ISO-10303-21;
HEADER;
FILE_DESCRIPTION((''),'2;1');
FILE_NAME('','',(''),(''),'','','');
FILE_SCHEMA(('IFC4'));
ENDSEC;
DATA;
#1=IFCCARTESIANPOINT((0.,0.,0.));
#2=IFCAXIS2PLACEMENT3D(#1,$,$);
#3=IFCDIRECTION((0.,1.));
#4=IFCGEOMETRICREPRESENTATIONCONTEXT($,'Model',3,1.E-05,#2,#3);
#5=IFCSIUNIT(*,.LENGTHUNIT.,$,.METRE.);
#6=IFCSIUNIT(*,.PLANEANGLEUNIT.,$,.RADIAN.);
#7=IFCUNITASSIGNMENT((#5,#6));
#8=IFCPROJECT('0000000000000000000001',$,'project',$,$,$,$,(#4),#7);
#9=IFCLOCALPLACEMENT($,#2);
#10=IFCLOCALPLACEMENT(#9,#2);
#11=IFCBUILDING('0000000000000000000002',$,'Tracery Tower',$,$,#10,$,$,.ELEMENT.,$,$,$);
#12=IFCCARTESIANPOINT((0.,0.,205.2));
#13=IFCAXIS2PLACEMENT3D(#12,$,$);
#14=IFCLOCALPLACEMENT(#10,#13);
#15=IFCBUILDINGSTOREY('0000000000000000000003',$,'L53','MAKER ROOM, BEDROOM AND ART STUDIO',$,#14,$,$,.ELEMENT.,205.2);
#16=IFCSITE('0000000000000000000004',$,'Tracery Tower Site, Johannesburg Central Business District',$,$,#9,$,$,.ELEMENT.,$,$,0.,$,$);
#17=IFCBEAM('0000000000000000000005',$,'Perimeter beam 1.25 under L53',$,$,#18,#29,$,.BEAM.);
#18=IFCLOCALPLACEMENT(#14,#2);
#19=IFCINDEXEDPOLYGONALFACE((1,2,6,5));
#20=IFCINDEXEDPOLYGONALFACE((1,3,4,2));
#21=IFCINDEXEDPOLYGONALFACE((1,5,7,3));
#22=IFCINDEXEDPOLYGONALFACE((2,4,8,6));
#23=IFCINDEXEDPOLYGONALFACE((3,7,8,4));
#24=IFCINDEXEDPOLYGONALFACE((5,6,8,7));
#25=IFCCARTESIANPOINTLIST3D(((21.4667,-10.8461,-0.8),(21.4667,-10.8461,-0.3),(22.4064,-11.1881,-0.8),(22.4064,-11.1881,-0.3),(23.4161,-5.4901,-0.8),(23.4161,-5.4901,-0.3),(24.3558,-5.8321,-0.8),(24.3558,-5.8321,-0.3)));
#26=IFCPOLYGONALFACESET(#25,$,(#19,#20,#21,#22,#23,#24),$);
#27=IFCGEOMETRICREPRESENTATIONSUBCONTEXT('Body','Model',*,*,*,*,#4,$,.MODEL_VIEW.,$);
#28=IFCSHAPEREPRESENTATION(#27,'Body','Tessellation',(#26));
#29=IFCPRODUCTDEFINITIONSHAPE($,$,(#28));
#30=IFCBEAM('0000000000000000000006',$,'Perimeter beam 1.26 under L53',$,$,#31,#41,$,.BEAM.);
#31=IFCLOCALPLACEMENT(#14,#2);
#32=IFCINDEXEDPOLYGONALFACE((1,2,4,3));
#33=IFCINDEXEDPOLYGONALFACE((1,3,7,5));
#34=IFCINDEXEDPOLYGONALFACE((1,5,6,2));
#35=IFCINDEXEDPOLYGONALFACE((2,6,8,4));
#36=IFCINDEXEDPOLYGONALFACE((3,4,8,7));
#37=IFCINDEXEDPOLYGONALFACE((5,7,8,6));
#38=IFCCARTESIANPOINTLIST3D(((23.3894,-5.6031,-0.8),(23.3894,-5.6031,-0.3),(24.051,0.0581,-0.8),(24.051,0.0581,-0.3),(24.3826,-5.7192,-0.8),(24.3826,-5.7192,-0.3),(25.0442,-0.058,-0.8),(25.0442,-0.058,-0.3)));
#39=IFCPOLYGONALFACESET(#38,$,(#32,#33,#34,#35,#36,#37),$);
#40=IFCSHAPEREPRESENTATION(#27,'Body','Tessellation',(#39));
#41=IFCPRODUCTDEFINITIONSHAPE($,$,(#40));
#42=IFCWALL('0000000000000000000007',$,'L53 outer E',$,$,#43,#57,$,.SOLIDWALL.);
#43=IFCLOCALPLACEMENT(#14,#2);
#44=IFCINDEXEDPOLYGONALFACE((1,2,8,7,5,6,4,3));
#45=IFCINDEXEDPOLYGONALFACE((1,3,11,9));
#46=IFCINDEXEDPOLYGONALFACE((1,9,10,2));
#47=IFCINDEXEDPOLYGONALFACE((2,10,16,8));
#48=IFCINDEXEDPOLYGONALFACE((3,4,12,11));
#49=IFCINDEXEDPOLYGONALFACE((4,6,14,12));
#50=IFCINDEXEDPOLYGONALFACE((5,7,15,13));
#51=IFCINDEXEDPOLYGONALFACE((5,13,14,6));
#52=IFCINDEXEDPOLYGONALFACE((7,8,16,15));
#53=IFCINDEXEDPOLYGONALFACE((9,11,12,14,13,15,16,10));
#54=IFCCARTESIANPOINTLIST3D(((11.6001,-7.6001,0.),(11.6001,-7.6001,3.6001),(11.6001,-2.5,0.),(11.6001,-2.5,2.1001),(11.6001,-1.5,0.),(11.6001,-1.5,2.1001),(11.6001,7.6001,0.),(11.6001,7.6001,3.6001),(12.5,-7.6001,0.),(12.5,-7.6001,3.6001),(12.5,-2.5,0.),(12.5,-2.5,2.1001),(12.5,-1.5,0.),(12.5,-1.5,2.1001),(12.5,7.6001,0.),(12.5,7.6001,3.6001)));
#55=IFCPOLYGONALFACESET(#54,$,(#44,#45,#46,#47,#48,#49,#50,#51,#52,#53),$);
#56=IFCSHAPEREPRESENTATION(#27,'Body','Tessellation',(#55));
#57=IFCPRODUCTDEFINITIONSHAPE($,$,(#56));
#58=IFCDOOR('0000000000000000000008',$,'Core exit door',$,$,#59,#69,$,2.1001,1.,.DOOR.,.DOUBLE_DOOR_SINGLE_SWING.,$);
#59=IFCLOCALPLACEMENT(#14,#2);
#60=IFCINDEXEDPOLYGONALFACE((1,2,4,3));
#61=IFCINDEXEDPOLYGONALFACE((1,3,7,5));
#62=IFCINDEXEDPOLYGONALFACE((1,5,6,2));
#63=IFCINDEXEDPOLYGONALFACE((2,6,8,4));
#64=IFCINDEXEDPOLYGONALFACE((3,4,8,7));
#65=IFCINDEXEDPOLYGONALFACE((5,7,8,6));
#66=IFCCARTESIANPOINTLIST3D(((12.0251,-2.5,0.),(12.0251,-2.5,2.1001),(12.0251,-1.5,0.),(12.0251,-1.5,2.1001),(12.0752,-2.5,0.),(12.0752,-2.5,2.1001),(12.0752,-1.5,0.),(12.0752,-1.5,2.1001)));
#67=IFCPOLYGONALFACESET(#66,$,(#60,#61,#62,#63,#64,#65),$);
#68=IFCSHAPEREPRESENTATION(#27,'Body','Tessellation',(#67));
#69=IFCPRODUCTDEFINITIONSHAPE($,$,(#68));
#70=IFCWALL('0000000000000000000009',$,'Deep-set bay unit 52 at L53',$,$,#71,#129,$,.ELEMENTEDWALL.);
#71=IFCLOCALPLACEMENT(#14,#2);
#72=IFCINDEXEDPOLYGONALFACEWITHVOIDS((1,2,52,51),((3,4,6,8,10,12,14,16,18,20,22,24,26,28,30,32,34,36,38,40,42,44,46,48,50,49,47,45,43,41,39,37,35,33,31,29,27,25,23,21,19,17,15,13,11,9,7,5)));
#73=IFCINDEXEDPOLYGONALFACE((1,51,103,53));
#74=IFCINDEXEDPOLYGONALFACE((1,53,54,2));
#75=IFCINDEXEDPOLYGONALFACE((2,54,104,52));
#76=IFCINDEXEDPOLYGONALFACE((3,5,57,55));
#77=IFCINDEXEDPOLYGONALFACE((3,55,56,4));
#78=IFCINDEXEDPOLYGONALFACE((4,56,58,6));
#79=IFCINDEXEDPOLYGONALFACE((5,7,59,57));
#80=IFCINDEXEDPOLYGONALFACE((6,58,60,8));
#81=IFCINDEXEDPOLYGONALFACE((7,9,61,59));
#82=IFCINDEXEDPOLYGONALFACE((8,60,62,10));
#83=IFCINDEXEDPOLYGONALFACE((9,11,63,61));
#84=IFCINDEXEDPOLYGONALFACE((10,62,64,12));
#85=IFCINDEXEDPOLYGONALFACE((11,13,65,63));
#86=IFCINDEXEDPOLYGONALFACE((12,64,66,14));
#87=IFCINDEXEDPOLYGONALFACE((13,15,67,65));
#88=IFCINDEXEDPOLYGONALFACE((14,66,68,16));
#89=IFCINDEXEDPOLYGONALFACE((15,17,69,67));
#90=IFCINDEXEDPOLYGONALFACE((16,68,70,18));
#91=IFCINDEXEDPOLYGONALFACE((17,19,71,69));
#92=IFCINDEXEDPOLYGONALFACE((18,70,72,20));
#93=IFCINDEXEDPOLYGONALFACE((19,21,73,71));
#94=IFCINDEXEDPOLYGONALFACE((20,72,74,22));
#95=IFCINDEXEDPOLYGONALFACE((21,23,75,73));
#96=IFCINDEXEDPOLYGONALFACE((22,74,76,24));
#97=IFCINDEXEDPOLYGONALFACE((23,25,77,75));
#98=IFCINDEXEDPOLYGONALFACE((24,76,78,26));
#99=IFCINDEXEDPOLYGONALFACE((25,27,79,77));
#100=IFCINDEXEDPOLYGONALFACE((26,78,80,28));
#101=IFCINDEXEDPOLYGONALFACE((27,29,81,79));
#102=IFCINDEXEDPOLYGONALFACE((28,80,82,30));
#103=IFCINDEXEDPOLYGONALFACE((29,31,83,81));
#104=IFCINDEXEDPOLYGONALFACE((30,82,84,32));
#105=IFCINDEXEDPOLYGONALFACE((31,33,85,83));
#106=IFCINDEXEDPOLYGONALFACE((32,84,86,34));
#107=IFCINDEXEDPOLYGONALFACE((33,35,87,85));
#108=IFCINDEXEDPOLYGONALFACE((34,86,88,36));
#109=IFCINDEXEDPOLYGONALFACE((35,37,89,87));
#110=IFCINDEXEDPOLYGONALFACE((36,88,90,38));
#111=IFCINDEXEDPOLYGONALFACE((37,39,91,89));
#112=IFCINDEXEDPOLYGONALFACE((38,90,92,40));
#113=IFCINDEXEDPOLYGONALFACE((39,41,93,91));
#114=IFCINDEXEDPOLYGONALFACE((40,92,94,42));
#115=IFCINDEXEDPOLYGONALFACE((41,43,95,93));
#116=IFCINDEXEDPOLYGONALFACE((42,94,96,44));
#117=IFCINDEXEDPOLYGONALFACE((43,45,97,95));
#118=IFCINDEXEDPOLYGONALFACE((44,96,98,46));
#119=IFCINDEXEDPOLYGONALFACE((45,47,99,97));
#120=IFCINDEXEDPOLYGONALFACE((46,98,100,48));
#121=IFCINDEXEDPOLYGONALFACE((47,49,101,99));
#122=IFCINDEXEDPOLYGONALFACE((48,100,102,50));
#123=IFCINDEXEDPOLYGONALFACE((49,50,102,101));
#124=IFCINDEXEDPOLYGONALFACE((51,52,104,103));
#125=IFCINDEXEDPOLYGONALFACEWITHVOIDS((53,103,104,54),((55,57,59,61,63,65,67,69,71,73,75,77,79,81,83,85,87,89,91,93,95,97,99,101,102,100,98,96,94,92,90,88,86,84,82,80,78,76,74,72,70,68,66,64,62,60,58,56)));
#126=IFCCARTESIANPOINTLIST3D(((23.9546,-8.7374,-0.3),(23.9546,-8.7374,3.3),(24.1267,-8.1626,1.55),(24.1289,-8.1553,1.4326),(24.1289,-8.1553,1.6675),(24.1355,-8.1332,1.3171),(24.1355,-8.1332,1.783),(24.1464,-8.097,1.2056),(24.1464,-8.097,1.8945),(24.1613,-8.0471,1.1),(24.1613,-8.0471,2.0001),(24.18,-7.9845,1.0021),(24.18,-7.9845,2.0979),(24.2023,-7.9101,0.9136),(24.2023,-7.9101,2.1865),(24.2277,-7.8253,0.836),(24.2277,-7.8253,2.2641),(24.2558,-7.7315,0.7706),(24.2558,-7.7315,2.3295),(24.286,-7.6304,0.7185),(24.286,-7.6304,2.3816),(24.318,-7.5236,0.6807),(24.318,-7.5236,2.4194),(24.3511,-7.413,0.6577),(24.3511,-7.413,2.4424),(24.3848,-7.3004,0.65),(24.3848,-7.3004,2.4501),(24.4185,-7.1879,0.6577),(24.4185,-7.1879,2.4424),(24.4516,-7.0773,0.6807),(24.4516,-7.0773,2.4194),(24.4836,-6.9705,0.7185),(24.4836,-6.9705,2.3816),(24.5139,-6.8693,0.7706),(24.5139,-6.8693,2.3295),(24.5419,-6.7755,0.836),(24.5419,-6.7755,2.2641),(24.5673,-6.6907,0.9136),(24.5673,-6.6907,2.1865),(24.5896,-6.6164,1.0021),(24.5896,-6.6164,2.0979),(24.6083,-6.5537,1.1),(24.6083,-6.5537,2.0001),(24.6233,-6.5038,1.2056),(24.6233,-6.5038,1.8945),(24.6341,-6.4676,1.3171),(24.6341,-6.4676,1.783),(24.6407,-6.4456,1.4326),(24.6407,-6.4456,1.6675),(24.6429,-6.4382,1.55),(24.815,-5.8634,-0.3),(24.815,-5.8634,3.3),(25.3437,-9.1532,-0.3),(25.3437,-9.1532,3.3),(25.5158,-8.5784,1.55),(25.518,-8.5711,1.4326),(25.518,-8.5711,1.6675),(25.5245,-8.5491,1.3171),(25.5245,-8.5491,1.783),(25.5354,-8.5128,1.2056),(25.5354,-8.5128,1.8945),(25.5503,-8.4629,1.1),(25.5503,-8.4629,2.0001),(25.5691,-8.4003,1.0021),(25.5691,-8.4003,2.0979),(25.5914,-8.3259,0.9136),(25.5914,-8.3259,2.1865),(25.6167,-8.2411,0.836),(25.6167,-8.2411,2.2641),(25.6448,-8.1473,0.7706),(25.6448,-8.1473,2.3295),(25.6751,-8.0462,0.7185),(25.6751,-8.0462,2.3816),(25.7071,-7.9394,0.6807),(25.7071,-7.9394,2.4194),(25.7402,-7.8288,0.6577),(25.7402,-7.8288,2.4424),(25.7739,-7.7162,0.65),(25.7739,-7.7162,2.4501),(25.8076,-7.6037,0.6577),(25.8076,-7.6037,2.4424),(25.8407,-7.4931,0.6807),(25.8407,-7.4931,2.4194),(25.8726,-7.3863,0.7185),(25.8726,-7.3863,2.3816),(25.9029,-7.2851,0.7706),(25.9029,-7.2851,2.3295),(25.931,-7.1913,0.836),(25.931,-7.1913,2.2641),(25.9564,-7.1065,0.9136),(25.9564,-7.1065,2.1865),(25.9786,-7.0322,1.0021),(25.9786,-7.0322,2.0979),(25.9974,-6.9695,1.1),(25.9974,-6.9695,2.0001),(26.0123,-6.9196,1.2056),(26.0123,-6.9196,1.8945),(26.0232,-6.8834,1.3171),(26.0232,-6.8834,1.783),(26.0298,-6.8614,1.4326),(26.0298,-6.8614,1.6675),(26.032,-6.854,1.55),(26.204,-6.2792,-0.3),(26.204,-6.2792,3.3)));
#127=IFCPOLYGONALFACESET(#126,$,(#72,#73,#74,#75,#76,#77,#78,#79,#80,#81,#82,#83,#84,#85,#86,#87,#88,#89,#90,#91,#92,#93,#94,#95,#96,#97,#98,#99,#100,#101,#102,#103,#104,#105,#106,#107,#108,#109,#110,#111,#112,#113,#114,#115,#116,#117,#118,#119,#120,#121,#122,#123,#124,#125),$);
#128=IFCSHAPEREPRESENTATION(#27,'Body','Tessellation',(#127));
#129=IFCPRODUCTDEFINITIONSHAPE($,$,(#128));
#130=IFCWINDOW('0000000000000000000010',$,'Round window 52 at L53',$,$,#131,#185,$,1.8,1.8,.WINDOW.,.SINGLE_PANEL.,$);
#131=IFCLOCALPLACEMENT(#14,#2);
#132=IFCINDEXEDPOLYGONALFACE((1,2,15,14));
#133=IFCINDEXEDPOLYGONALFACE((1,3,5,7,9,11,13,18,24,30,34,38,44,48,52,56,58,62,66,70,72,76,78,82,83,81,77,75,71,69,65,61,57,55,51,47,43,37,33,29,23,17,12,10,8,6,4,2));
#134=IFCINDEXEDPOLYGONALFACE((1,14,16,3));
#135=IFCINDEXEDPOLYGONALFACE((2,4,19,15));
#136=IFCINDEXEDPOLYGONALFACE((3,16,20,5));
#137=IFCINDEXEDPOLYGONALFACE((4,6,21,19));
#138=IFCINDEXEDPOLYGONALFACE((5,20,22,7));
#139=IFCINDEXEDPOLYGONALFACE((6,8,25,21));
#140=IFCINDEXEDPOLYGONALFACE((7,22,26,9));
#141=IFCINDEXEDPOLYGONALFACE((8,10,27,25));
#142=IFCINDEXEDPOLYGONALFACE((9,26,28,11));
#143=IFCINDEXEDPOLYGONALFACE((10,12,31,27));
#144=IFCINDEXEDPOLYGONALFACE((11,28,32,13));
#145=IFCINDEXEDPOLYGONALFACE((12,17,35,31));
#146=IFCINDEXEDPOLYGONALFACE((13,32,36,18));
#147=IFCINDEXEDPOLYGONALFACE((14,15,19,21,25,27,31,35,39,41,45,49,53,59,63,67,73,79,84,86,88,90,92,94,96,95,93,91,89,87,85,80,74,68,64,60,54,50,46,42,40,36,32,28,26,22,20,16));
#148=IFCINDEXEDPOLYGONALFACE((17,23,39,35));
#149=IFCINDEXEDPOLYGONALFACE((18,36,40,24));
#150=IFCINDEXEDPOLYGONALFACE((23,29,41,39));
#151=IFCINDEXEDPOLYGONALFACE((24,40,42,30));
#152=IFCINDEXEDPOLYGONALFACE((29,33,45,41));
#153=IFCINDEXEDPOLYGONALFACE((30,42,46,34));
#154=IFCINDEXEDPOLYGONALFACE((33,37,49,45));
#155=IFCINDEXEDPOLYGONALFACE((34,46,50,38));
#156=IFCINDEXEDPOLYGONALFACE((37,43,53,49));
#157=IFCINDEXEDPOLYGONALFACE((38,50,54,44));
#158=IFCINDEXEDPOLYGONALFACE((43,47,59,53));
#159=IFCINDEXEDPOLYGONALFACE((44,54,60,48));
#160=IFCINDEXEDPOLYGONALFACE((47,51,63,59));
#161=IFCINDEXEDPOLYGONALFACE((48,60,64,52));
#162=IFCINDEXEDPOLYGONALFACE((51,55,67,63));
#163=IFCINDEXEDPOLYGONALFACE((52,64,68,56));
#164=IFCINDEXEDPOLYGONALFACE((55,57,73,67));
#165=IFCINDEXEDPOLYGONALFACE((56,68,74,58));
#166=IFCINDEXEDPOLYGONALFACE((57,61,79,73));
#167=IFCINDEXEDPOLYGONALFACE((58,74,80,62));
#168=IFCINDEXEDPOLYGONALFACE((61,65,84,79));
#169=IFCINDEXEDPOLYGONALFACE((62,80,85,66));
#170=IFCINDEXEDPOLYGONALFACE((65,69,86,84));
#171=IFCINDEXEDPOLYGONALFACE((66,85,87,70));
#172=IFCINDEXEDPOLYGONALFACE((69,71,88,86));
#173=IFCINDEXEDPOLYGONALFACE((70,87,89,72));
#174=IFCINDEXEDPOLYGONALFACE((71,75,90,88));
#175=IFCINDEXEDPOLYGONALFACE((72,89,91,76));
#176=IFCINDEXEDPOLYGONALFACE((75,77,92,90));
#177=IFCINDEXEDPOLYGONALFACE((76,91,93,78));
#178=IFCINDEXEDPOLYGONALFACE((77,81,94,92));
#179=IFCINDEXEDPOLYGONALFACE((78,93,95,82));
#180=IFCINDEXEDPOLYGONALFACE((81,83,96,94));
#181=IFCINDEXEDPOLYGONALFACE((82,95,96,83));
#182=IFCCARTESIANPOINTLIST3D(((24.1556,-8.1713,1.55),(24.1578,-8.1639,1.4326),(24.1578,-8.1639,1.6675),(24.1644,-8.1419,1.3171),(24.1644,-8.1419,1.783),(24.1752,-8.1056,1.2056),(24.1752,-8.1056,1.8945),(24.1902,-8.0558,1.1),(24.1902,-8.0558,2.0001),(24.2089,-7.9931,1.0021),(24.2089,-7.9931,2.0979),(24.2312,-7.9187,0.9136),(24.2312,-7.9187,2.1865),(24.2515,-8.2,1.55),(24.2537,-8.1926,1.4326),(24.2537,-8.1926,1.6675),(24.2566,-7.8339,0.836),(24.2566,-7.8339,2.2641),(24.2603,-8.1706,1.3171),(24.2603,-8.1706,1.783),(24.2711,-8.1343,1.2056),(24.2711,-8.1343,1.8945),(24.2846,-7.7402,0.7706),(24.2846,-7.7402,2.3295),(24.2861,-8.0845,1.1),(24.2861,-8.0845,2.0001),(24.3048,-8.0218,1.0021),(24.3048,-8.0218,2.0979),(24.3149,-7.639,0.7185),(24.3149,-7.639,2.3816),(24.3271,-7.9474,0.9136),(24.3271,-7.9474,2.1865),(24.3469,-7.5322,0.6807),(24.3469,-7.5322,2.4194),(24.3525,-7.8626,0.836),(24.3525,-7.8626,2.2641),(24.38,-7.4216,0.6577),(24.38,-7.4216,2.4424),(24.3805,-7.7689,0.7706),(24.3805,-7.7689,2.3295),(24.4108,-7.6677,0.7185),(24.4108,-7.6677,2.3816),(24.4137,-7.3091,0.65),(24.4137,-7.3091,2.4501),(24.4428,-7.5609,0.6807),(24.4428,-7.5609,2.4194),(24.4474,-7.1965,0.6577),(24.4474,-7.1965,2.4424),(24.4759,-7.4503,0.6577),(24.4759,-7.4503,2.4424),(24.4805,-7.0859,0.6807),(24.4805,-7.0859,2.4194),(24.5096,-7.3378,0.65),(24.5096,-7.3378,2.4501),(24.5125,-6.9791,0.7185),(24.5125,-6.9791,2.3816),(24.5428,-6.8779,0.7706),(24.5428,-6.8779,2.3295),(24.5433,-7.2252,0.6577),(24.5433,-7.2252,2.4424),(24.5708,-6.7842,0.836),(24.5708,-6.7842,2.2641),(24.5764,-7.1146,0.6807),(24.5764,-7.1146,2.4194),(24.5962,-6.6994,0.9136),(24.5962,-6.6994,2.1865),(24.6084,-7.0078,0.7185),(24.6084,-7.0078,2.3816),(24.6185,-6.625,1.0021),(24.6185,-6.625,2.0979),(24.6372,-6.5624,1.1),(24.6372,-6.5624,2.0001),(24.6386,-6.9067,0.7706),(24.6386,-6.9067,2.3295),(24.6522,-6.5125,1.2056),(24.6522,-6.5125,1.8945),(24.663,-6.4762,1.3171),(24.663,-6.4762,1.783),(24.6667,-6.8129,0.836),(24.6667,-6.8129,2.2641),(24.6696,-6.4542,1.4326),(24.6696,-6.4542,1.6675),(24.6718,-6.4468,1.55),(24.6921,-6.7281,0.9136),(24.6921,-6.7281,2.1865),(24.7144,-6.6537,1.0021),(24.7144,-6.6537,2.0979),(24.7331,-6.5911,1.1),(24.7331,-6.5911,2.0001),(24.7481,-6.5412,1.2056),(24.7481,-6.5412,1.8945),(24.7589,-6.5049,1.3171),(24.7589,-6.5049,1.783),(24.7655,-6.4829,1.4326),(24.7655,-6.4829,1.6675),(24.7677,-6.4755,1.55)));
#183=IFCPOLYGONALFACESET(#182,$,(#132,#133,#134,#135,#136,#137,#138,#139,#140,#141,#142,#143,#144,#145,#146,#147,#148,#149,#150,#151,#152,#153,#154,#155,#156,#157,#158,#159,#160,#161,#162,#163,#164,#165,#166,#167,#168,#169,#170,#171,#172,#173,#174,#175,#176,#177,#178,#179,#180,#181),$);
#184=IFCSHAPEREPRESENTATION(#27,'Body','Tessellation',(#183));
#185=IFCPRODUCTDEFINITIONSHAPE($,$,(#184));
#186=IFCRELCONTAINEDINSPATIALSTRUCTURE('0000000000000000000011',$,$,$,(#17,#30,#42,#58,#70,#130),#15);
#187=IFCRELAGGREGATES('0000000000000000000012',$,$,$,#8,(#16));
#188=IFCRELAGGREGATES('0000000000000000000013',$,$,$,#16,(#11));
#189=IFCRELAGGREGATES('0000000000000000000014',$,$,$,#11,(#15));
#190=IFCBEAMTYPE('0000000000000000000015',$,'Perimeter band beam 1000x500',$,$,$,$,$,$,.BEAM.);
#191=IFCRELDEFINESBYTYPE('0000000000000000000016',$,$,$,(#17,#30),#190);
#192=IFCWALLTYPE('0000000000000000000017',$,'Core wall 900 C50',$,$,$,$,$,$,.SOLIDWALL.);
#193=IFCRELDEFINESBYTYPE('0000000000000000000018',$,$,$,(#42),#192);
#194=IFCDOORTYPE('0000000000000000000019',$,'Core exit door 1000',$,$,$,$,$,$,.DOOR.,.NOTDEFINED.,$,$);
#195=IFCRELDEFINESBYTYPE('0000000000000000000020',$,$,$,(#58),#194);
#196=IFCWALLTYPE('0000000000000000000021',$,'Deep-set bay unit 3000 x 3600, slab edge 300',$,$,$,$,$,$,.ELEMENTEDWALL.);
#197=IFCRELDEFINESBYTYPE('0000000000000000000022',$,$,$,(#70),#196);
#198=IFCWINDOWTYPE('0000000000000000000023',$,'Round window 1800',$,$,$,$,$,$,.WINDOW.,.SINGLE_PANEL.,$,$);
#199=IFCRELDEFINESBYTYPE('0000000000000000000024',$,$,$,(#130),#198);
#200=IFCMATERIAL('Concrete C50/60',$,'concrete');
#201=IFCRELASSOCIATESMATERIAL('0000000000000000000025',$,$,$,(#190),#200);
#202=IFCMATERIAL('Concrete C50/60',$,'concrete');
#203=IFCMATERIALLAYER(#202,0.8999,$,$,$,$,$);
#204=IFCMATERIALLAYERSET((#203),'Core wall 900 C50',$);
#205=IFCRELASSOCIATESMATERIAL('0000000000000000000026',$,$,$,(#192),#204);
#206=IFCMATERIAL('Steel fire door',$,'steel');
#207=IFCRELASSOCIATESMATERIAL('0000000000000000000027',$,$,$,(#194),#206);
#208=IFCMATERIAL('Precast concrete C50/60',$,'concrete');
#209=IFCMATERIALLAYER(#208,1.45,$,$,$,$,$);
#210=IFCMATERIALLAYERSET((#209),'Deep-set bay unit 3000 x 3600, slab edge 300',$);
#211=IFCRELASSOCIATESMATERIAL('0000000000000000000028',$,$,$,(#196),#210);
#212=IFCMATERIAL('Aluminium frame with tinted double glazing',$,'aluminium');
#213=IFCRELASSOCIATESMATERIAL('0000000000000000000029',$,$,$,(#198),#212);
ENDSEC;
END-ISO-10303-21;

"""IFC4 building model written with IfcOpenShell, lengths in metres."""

from ifc_helpers import new_model, si_unit, direction, frame, frame_2d, origin, origin_2d, place, context, subcontext, project, spatial, rectangle, circle, extrude, material, layer, layer_set, material_profile, profile_set, type_object, element, fill, save


model = new_model("IFC4")

# Units and contexts
model_context = context("Model", 3, precision=1e-05, world=origin(), true_north=direction((0.0, 1.0)))
body_context = subcontext(model_context, "Body", "Model", "MODEL_VIEW")
ifc_project = project(units=[si_unit("LENGTHUNIT", "METRE"), si_unit("PLANEANGLEUNIT", "RADIAN")], contexts=[model_context])

# Site, building, storey
site_placement = place(None, origin())
site = spatial("IfcSite", under=ifc_project, at=site_placement, Name="Tracery Tower Site, Johannesburg Central Business District", CompositionType="ELEMENT", RefElevation=0.0)
building_placement = place(site_placement, origin())
building = spatial("IfcBuilding", under=site, at=building_placement, Name="Tracery Tower", CompositionType="ELEMENT")
storey_placement = place(building_placement, frame((0.0, 0.0, 205.2)))
storey = spatial("IfcBuildingStorey", under=building, at=storey_placement, Name="L53", Description="MAKER ROOM, BEDROOM AND ART STUDIO", CompositionType="ELEMENT", Elevation=205.2)

# Beams
ifc_material_1 = material(Name="Concrete C50/60", Category="concrete")
ifc_material_profile_1 = material_profile(ifc_material_1, rectangle(XDim=1.0, YDim=0.5, at=origin_2d()), Name="RC 1000x500")
ifc_profile_set_1 = profile_set([ifc_material_profile_1], Name="Concrete C50/60")
beam_type = type_object("IfcBeamType", Name="Perimeter band beam 1000x500", PredefinedType="BEAM", material=ifc_profile_set_1)
for number, where, z_axis, x_axis, name in (
    (1, (21.9365, -11.0171, -0.55), (0.342029, 0.93969, 0.0), (-0.93969, 0.342029, 0.0), "Perimeter beam 1.25 under L53"),
    (2, (23.886, -5.6611, -0.55), (0.116081, 0.99324, 0.0), (-0.99324, 0.116081, 0.0), "Perimeter beam 1.26 under L53"),
):
    element("IfcBeam", number, at=place(storey_placement, frame(where, z_axis=z_axis, x_axis=x_axis)), inside=storey, type_object=beam_type, Name=name, PredefinedType="BEAM", context=body_context, shape_type="SweptSolid", body=[
        extrude(rectangle(XDim=1.0, YDim=0.5, at=origin_2d()), origin(), (0.0, 0.0, 1.0), 5.6997),
    ])

# Wall, opening, door
ifc_material_2 = material(Name="Concrete C50/60", Category="concrete")
ifc_layer_1 = layer(ifc_material_2, 0.8999)
ifc_layer_set_1 = layer_set([ifc_layer_1], Name="Core wall 900 C50")
wall_type_1 = type_object("IfcWallType", Name="Core wall 900 C50", PredefinedType="SOLIDWALL", material=ifc_layer_set_1)
wall_1_placement = place(storey_placement, frame((12.05, -7.6001, 0.0), z_axis=(0.0, 0.0, 1.0), x_axis=(0.0, 1.0, 0.0)))
wall_1 = element("IfcWall", 3, at=wall_1_placement, inside=storey, type_object=wall_type_1, Name="L53 outer E", PredefinedType="SOLIDWALL", context=body_context, shape_type="SweptSolid", body=[
    extrude(rectangle(XDim=15.2002, YDim=0.8999, at=frame_2d((7.6001, 0.0))), origin(), (0.0, 0.0, 1.0), 3.6001),
])
opening_1_placement = place(wall_1_placement, frame((5.1001, 0.0, 0.0)))
opening_1 = element("IfcOpeningElement", 4, at=opening_1_placement, cuts=wall_1, PredefinedType="OPENING", context=body_context, shape_type="SweptSolid", body=[
    extrude(rectangle(XDim=1.0, YDim=2.1001, at=frame_2d((0.5, 1.05))), frame((0.0, 0.45, 0.0), z_axis=(0.0, -1.0, 0.0), x_axis=(1.0, 0.0, 0.0)), (0.0, 0.0, 1.0), 0.8999),
])
ifc_material_3 = material(Name="Steel fire door", Category="steel")
door_type_1 = type_object("IfcDoorType", Name="Core exit door 1000", OperationType="NOTDEFINED", PredefinedType="DOOR", material=ifc_material_3)
door_1_placement = place(opening_1_placement, origin())
door_1 = element("IfcDoor", 5, at=door_1_placement, inside=storey, type_object=door_type_1, Name="Core exit door", OperationType="DOUBLE_DOOR_SINGLE_SWING", OverallHeight=2.1001, OverallWidth=1.0, PredefinedType="DOOR", context=body_context, shape_type="SweptSolid", body=[
    extrude(rectangle(XDim=1.0, YDim=2.1001, at=frame_2d((0.5, 1.05))), frame((0.0, 0.0249, 0.0), z_axis=(0.0, -1.0, 0.0), x_axis=(1.0, 0.0, 0.0)), (0.0, 0.0, 1.0), 0.05),
])
fill(opening_1, door_1)

# Wall, opening, window
ifc_material_4 = material(Name="Precast concrete C50/60", Category="concrete")
ifc_layer_2 = layer(ifc_material_4, 1.45)
ifc_layer_set_2 = layer_set([ifc_layer_2], Name="Deep-set bay unit 3000 x 3600, slab edge 300")
wall_type_2 = type_object("IfcWallType", Name="Deep-set bay unit 3000 x 3600, slab edge 300", PredefinedType="ELEMENTEDWALL", material=ifc_layer_set_2)
wall_2_placement = place(storey_placement, frame((24.6492, -8.9453, -0.3), z_axis=(0.0, 0.0, 1.0), x_axis=(0.28678, 0.957996, 0.0)))
wall_2 = element("IfcWall", 6, at=wall_2_placement, inside=storey, type_object=wall_type_2, Name="Deep-set bay unit 52 at L53", PredefinedType="ELEMENTEDWALL", context=body_context, shape_type="SweptSolid", body=[
    extrude(rectangle(XDim=3.0, YDim=1.45, at=frame_2d((1.5, 0.0))), origin(), (0.0, 0.0, 1.0), 3.6001),
])
opening_2_placement = place(wall_2_placement, frame((1.5, 0.0, 1.8501)))
opening_2 = element("IfcOpeningElement", 7, at=opening_2_placement, cuts=wall_2, PredefinedType="OPENING", context=body_context, shape_type="SweptSolid", body=[
    extrude(circle(Radius=0.9, at=origin_2d()), frame((0.0, 0.7349, 0.0), z_axis=(0.0, -1.0, 0.0), x_axis=(1.0, 0.0, 0.0)), (0.0, 0.0, 1.0), 1.47),
])
ifc_material_5 = material(Name="Aluminium frame with tinted double glazing", Category="aluminium")
window_type = type_object("IfcWindowType", Name="Round window 1800", PartitioningType="SINGLE_PANEL", PredefinedType="WINDOW", material=ifc_material_5)
window_1_placement = place(opening_2_placement, origin())
window_1 = element("IfcWindow", 8, at=window_1_placement, inside=storey, type_object=window_type, Name="Round window 52 at L53", OverallHeight=1.8, OverallWidth=1.8, PartitioningType="SINGLE_PANEL", PredefinedType="WINDOW", context=body_context, shape_type="SweptSolid", body=[
    extrude(circle(Radius=0.9, at=origin_2d()), frame((0.0, 0.6948, 0.0), z_axis=(0.0, -1.0, 0.0), x_axis=(1.0, 0.0, 0.0)), (0.0, 0.0, 1.0), 0.1001),
])
fill(opening_2, window_1)

save(model, "model.ifc")
